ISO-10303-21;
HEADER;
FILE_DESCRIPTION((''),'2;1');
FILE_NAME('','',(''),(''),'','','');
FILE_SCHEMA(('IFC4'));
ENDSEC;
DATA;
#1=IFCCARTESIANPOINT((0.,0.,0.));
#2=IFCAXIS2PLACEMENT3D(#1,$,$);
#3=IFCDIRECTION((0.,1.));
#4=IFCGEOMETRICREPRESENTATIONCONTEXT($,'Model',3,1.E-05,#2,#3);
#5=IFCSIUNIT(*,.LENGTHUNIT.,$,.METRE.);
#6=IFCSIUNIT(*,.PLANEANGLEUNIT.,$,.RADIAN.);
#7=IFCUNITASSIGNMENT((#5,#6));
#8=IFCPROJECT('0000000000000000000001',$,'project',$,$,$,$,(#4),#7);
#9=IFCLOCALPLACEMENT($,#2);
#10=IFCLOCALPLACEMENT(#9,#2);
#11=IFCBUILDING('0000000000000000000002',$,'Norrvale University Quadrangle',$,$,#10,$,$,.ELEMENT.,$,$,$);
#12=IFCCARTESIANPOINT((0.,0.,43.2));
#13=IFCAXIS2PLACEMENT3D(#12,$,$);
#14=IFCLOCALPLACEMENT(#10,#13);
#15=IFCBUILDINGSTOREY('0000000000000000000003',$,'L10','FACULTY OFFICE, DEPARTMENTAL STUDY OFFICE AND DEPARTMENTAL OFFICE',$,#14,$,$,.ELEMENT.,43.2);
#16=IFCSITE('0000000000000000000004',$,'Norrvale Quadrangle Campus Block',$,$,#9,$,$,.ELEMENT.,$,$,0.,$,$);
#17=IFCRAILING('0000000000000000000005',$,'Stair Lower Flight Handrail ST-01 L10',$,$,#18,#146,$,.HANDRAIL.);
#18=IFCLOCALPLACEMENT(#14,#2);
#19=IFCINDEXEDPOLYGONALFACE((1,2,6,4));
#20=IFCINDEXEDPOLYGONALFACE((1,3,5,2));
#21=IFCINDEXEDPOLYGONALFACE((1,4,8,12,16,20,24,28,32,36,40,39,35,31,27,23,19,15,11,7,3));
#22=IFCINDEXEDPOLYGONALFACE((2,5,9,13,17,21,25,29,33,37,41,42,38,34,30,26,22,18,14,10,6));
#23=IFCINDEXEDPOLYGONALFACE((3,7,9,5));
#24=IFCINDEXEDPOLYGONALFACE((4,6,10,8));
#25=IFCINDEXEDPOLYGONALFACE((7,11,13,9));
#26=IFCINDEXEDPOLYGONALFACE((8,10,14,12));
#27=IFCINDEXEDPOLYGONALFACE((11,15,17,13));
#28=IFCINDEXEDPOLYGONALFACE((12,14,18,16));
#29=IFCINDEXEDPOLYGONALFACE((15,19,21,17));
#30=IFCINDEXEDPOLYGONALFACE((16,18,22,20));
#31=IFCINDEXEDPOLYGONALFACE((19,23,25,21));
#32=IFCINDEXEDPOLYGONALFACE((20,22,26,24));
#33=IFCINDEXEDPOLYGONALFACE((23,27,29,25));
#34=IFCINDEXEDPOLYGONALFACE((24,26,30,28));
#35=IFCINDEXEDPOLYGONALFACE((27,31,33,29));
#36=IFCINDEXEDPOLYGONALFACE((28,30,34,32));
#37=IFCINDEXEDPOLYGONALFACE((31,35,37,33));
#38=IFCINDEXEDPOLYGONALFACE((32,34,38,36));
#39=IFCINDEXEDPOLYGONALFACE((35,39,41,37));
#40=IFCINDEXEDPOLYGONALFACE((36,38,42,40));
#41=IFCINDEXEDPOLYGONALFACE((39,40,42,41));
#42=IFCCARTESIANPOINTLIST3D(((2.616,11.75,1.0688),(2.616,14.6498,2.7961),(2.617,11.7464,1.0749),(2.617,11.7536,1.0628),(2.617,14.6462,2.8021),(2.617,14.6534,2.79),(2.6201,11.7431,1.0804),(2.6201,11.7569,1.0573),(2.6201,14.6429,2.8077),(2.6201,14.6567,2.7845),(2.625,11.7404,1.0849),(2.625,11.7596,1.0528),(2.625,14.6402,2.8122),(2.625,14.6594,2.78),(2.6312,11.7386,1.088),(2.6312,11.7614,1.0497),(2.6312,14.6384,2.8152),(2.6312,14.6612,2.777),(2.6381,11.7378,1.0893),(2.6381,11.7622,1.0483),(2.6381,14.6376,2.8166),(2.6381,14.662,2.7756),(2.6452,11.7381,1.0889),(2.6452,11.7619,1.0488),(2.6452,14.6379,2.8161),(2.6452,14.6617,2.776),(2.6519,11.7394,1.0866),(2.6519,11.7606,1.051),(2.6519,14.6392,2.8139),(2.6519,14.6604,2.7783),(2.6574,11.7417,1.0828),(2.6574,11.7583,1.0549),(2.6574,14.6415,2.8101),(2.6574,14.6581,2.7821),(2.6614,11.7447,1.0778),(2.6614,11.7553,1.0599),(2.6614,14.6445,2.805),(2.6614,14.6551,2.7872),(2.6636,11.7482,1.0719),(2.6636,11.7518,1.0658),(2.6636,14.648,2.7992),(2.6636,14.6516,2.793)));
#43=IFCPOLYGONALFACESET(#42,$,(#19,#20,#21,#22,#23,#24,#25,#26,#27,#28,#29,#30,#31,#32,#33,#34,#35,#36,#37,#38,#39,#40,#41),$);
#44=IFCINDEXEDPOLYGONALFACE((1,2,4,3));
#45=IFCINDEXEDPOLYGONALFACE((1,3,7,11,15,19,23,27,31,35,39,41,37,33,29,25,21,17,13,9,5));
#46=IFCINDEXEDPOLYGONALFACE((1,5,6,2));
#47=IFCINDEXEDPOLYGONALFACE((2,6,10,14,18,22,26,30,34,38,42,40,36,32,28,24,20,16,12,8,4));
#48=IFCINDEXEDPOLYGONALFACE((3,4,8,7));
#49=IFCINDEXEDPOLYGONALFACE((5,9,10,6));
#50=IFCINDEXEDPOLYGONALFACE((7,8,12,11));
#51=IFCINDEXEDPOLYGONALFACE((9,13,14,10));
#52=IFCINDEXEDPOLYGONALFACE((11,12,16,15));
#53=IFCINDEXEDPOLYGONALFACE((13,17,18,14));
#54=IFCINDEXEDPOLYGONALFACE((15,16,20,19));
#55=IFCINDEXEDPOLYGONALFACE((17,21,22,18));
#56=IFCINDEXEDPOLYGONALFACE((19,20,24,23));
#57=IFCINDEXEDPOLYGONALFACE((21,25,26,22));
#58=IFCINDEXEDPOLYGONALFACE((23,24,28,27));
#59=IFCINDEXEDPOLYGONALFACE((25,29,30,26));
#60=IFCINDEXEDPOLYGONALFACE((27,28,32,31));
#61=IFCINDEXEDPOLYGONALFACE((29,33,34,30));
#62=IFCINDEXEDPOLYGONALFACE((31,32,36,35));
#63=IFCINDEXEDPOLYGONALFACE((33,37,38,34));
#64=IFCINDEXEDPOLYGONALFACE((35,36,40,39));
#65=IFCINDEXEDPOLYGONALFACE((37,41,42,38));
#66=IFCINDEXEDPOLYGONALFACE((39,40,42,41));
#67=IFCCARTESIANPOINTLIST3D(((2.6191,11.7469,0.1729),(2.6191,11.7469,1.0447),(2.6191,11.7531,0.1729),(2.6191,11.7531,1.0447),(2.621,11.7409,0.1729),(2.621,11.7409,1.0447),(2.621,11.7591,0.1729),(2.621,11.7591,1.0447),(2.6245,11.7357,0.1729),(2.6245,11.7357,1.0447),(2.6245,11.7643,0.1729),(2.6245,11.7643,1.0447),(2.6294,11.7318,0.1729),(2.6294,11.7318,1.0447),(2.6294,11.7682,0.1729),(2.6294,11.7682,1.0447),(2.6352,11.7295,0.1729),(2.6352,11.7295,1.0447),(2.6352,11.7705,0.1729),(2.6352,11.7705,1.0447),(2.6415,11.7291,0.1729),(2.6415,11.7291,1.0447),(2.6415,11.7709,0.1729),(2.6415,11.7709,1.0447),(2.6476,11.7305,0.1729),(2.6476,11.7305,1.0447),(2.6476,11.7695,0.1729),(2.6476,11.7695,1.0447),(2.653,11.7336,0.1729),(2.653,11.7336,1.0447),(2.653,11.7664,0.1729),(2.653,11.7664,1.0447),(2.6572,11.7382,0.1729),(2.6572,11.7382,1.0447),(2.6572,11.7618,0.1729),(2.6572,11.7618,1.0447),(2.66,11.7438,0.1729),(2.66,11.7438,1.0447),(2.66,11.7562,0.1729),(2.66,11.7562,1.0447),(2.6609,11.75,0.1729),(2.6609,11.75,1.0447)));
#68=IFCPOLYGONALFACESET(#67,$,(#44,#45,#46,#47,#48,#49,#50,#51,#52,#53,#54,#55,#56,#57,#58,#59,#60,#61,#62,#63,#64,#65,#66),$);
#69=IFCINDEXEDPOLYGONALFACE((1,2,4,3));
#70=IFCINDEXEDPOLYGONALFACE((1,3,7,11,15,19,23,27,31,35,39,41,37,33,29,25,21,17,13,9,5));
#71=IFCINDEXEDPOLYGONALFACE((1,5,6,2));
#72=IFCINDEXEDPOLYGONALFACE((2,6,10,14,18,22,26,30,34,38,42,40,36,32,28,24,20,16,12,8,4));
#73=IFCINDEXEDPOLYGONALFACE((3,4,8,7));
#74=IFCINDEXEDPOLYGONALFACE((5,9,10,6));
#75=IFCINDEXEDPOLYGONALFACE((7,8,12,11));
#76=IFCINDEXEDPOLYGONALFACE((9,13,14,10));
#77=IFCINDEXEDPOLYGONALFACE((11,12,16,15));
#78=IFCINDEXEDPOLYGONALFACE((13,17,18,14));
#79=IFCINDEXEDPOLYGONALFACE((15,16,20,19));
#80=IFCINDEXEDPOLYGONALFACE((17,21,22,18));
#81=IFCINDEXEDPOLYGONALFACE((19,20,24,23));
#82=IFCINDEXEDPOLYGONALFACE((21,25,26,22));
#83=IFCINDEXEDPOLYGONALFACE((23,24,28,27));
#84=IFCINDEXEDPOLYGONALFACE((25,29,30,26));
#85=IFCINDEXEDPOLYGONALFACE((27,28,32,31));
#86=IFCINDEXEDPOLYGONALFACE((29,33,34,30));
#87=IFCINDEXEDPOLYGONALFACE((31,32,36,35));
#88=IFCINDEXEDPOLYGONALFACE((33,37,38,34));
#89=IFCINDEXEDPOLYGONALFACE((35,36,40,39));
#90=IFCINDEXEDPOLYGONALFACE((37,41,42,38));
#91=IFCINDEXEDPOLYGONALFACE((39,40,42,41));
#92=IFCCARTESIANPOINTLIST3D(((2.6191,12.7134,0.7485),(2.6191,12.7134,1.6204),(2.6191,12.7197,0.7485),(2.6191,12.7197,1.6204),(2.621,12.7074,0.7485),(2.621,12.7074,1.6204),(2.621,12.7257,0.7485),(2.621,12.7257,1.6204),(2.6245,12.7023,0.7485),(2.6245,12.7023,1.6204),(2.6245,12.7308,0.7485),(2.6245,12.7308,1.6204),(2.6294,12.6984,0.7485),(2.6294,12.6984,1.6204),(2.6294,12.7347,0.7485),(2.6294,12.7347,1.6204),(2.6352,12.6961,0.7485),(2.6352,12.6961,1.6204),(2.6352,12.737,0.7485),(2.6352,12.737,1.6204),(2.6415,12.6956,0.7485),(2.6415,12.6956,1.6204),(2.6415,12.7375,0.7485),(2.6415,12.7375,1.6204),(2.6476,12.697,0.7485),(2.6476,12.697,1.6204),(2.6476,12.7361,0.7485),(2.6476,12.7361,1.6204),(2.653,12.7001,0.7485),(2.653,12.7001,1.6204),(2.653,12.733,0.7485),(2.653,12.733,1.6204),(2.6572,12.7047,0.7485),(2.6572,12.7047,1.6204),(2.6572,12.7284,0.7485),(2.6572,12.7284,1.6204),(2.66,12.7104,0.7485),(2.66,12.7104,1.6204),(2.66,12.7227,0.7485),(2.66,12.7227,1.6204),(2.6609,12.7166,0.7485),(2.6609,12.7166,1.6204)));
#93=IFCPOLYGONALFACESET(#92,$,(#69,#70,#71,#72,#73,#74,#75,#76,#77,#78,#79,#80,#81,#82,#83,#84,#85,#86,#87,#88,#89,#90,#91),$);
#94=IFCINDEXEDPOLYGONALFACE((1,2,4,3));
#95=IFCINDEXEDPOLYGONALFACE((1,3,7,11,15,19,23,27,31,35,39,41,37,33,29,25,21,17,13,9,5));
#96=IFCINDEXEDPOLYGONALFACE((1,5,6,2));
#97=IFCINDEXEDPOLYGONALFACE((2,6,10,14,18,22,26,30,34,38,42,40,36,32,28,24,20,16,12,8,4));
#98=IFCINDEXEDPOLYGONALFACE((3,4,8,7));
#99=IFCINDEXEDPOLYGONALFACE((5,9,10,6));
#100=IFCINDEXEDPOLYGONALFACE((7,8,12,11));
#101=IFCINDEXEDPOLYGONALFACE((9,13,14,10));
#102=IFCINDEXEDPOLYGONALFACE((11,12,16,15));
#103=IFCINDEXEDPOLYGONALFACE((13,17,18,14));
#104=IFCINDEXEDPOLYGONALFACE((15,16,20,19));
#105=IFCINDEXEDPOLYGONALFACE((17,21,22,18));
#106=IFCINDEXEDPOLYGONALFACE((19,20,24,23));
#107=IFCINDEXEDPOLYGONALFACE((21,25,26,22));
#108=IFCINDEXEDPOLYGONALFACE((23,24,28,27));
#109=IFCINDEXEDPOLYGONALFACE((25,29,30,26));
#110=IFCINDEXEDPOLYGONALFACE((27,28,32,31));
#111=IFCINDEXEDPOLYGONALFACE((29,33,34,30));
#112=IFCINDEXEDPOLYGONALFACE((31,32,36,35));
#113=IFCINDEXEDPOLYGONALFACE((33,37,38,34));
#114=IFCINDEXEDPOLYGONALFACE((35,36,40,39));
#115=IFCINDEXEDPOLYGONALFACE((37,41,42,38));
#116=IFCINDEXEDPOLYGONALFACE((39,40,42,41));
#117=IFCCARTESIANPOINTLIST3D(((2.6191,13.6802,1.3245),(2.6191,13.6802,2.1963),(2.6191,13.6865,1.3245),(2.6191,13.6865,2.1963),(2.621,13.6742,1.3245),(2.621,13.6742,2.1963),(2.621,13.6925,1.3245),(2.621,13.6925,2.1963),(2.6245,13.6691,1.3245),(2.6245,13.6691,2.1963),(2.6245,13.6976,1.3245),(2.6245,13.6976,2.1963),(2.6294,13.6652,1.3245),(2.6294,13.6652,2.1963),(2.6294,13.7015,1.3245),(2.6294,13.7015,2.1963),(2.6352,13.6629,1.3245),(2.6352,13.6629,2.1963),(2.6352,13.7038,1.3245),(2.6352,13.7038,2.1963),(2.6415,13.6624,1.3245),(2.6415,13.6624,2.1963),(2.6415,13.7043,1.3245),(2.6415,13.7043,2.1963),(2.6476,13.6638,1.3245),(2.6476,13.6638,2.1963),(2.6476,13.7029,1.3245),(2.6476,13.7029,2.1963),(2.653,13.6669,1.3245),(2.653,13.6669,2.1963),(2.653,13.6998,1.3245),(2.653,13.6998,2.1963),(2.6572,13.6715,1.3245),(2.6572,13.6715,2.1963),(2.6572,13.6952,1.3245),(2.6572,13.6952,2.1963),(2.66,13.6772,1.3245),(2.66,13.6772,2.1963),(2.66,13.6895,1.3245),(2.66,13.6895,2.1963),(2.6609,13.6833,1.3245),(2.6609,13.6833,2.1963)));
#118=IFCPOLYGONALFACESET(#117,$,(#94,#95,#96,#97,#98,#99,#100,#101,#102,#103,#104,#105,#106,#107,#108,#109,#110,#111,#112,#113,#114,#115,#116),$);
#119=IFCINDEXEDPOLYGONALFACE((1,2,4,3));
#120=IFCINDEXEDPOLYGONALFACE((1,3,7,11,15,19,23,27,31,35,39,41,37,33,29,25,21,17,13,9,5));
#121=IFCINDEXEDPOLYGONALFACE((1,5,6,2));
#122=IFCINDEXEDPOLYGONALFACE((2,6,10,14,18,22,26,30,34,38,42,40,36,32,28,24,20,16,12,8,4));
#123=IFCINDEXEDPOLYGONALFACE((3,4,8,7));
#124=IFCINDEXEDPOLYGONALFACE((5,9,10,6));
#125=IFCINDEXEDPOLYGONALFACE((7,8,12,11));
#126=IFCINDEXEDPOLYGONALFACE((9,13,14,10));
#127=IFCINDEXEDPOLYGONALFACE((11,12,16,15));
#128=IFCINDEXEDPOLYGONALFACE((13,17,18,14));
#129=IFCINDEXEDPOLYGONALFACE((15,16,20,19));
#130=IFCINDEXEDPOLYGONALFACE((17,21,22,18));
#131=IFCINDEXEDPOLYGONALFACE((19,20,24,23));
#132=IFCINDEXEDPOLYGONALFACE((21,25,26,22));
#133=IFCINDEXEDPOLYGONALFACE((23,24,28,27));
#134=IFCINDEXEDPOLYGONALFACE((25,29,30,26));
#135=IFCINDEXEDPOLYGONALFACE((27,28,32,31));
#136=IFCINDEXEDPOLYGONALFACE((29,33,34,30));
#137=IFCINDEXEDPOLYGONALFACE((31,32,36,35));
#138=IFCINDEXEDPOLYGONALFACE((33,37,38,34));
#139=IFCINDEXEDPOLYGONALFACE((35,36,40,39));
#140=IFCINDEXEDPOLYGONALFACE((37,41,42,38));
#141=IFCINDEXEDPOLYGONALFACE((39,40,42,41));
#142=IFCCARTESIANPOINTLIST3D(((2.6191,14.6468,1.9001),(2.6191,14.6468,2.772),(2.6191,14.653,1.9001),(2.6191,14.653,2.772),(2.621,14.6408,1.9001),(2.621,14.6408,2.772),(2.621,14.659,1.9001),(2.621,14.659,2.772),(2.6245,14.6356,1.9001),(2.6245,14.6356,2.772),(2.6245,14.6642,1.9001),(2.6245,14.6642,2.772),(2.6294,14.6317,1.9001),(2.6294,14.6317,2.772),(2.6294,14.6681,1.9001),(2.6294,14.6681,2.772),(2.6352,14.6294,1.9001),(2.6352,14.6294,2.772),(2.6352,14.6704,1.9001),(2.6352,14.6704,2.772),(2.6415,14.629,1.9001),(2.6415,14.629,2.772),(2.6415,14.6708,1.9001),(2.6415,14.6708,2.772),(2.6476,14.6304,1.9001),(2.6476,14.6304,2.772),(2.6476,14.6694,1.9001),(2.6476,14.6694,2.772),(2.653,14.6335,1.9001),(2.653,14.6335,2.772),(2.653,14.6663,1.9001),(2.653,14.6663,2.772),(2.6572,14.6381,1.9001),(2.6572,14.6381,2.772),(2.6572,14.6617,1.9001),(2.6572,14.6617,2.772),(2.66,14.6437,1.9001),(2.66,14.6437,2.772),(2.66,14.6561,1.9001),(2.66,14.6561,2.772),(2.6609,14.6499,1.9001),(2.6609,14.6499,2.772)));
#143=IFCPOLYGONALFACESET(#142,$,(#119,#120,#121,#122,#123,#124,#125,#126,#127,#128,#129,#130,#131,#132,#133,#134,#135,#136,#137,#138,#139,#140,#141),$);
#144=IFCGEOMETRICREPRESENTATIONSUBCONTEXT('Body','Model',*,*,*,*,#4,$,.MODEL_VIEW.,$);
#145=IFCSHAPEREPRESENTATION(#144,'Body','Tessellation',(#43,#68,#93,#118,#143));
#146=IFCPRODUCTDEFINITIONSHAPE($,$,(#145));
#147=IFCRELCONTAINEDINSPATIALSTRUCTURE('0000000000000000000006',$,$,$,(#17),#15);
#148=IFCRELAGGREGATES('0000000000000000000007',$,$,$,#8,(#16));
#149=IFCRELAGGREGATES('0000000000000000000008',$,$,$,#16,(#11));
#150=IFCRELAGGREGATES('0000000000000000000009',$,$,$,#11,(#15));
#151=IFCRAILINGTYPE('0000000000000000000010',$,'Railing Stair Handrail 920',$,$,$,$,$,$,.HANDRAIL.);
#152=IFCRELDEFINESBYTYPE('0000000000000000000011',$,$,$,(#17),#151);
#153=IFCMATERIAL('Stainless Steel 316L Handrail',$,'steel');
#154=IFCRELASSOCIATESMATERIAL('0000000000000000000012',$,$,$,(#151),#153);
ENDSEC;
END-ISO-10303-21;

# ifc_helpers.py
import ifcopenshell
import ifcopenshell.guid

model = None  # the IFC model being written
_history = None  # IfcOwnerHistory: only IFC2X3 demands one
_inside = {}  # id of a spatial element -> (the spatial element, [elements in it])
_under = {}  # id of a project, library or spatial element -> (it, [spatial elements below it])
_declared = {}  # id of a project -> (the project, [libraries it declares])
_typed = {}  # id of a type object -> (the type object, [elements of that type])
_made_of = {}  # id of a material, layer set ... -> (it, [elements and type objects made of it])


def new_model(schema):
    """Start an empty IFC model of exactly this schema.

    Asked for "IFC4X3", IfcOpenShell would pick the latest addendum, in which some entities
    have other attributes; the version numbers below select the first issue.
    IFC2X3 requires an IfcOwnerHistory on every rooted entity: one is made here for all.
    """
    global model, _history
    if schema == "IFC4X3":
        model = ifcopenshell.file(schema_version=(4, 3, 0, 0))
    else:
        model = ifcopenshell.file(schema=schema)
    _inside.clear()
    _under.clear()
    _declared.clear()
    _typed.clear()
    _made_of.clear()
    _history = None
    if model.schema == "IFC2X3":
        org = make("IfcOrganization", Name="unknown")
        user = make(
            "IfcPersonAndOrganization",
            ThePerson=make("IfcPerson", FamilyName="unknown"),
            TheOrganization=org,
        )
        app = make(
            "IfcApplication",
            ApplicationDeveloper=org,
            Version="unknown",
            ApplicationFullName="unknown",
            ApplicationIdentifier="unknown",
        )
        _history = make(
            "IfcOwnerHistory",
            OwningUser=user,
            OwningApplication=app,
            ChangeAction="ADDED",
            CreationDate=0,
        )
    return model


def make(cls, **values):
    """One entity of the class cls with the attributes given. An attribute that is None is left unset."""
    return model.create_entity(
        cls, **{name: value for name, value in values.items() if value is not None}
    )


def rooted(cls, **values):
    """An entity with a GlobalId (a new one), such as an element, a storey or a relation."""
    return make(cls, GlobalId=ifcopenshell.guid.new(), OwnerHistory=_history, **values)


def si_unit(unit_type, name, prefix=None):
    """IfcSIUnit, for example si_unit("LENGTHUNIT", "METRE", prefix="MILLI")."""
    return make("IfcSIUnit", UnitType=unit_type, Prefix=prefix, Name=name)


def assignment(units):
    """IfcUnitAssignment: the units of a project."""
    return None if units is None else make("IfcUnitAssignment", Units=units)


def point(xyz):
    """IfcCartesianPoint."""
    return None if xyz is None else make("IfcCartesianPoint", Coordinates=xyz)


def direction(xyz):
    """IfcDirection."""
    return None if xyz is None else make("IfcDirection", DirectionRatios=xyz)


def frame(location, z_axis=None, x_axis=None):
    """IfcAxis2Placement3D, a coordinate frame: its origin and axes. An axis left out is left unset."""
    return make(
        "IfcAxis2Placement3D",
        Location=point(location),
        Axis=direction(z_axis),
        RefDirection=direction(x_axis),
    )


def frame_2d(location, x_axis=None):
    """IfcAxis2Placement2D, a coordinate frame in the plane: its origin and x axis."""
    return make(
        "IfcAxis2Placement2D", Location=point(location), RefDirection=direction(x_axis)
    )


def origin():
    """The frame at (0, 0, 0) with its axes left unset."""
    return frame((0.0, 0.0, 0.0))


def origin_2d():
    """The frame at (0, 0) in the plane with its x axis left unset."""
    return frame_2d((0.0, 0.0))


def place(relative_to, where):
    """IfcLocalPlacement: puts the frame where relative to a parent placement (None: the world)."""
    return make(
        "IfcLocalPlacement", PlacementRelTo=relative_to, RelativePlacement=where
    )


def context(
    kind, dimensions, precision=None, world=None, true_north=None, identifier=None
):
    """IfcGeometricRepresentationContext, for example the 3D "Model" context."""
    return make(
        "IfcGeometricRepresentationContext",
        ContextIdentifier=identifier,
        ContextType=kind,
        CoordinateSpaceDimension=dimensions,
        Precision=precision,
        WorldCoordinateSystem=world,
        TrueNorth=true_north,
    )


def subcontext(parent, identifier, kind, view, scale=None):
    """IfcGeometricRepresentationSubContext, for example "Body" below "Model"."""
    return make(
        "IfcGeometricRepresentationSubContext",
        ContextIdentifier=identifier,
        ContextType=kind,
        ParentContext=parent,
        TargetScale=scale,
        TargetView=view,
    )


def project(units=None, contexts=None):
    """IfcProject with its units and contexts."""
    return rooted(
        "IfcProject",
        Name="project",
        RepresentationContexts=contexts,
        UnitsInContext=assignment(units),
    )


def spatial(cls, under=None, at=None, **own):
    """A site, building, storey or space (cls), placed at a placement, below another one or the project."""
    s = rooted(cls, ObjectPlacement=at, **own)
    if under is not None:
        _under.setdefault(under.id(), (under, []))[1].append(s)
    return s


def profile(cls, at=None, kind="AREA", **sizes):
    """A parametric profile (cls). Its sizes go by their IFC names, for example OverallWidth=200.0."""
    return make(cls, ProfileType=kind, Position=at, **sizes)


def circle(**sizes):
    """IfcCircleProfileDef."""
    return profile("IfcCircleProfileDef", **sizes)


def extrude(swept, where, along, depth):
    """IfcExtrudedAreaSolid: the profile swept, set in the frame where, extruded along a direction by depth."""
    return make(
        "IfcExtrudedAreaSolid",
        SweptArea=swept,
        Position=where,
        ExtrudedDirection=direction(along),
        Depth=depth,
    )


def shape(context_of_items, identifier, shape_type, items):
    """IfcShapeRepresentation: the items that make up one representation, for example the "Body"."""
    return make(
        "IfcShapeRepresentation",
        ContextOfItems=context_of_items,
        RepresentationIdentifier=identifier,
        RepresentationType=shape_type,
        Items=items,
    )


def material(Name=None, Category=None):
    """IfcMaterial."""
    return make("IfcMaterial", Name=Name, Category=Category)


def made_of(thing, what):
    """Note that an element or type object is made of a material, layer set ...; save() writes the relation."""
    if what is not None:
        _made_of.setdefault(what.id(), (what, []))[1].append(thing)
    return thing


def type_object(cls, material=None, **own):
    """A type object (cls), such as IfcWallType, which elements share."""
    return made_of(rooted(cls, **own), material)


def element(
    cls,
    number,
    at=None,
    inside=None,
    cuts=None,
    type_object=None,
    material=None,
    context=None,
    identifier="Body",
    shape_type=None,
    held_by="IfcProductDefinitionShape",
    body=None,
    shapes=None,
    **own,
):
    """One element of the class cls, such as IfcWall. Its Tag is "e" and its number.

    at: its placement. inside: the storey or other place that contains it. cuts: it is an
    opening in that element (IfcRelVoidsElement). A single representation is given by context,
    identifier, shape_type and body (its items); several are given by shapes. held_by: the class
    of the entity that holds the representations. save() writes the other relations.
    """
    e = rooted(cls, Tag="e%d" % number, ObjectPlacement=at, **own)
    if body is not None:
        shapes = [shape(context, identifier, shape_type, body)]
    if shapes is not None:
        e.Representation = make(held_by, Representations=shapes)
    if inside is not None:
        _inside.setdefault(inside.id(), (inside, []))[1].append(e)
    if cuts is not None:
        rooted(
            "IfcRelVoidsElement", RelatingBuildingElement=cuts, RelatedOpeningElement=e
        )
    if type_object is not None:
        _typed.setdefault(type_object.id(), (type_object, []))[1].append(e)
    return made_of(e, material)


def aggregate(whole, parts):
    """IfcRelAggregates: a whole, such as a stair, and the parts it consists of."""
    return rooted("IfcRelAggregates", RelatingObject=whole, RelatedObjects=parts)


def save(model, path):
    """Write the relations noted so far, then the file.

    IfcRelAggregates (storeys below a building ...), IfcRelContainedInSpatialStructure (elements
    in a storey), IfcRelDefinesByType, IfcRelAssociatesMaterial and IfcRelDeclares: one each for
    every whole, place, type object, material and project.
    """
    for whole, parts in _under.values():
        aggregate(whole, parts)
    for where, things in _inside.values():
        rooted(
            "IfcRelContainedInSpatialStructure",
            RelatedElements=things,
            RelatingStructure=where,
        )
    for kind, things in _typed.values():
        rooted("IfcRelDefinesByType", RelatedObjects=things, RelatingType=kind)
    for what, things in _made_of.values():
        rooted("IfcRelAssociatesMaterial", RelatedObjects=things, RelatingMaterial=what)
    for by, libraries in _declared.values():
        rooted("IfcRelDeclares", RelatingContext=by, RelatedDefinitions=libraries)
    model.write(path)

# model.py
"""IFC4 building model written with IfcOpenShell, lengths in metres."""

from ifc_helpers import new_model, si_unit, direction, frame, origin, origin_2d, place, context, subcontext, project, spatial, circle, extrude, material, type_object, element, save


model = new_model("IFC4")

# Units and contexts
model_context = context("Model", 3, precision=1e-05, world=origin(), true_north=direction((0.0, 1.0)))
body_context = subcontext(model_context, "Body", "Model", "MODEL_VIEW")
ifc_project = project(units=[si_unit("LENGTHUNIT", "METRE"), si_unit("PLANEANGLEUNIT", "RADIAN")], contexts=[model_context])

# Site, building, storey
site_placement = place(None, origin())
site = spatial("IfcSite", under=ifc_project, at=site_placement, Name="Norrvale Quadrangle Campus Block", CompositionType="ELEMENT", RefElevation=0.0)
building_placement = place(site_placement, origin())
building = spatial("IfcBuilding", under=site, at=building_placement, Name="Norrvale University Quadrangle", CompositionType="ELEMENT")
storey_placement = place(building_placement, frame((0.0, 0.0, 43.2)))
storey = spatial("IfcBuildingStorey", under=building, at=storey_placement, Name="L10", Description="FACULTY OFFICE, DEPARTMENTAL STUDY OFFICE AND DEPARTMENTAL OFFICE", CompositionType="ELEMENT", Elevation=43.2)

# Railing
ifc_material_1 = material(Name="Stainless Steel 316L Handrail", Category="steel")
railing_type_1 = type_object("IfcRailingType", Name="Railing Stair Handrail 920", PredefinedType="HANDRAIL", material=ifc_material_1)
railing_1_placement = place(storey_placement, frame((2.6399, 11.75, 0.1729)))
element("IfcRailing", 1, at=railing_1_placement, inside=storey, type_object=railing_type_1, Name="Stair Lower Flight Handrail ST-01 L10", PredefinedType="HANDRAIL", context=body_context, shape_type="SweptSolid", body=[
    extrude(circle(Radius=0.0239, at=origin_2d()), frame((0.0, 0.0, 0.896), z_axis=(0.0, 0.859141, 0.511738), x_axis=(-1.0, 0.0, 0.0)), (0.0, 0.0, 1.0), 3.3752),
    extrude(circle(Radius=0.021, at=origin_2d()), origin(), (0.0, 0.0, 1.0), 0.8718),
    extrude(circle(Radius=0.021, at=origin_2d()), frame((0.0, 0.9666, 0.5757)), (0.0, 0.0, 1.0), 0.8718),
    extrude(circle(Radius=0.021, at=origin_2d()), frame((0.0, 1.9333, 1.1516)), (0.0, 0.0, 1.0), 0.8718),
    extrude(circle(Radius=0.021, at=origin_2d()), frame((0.0, 2.8999, 1.7273)), (0.0, 0.0, 1.0), 0.8718),
])

save(model, "model.ifc")
